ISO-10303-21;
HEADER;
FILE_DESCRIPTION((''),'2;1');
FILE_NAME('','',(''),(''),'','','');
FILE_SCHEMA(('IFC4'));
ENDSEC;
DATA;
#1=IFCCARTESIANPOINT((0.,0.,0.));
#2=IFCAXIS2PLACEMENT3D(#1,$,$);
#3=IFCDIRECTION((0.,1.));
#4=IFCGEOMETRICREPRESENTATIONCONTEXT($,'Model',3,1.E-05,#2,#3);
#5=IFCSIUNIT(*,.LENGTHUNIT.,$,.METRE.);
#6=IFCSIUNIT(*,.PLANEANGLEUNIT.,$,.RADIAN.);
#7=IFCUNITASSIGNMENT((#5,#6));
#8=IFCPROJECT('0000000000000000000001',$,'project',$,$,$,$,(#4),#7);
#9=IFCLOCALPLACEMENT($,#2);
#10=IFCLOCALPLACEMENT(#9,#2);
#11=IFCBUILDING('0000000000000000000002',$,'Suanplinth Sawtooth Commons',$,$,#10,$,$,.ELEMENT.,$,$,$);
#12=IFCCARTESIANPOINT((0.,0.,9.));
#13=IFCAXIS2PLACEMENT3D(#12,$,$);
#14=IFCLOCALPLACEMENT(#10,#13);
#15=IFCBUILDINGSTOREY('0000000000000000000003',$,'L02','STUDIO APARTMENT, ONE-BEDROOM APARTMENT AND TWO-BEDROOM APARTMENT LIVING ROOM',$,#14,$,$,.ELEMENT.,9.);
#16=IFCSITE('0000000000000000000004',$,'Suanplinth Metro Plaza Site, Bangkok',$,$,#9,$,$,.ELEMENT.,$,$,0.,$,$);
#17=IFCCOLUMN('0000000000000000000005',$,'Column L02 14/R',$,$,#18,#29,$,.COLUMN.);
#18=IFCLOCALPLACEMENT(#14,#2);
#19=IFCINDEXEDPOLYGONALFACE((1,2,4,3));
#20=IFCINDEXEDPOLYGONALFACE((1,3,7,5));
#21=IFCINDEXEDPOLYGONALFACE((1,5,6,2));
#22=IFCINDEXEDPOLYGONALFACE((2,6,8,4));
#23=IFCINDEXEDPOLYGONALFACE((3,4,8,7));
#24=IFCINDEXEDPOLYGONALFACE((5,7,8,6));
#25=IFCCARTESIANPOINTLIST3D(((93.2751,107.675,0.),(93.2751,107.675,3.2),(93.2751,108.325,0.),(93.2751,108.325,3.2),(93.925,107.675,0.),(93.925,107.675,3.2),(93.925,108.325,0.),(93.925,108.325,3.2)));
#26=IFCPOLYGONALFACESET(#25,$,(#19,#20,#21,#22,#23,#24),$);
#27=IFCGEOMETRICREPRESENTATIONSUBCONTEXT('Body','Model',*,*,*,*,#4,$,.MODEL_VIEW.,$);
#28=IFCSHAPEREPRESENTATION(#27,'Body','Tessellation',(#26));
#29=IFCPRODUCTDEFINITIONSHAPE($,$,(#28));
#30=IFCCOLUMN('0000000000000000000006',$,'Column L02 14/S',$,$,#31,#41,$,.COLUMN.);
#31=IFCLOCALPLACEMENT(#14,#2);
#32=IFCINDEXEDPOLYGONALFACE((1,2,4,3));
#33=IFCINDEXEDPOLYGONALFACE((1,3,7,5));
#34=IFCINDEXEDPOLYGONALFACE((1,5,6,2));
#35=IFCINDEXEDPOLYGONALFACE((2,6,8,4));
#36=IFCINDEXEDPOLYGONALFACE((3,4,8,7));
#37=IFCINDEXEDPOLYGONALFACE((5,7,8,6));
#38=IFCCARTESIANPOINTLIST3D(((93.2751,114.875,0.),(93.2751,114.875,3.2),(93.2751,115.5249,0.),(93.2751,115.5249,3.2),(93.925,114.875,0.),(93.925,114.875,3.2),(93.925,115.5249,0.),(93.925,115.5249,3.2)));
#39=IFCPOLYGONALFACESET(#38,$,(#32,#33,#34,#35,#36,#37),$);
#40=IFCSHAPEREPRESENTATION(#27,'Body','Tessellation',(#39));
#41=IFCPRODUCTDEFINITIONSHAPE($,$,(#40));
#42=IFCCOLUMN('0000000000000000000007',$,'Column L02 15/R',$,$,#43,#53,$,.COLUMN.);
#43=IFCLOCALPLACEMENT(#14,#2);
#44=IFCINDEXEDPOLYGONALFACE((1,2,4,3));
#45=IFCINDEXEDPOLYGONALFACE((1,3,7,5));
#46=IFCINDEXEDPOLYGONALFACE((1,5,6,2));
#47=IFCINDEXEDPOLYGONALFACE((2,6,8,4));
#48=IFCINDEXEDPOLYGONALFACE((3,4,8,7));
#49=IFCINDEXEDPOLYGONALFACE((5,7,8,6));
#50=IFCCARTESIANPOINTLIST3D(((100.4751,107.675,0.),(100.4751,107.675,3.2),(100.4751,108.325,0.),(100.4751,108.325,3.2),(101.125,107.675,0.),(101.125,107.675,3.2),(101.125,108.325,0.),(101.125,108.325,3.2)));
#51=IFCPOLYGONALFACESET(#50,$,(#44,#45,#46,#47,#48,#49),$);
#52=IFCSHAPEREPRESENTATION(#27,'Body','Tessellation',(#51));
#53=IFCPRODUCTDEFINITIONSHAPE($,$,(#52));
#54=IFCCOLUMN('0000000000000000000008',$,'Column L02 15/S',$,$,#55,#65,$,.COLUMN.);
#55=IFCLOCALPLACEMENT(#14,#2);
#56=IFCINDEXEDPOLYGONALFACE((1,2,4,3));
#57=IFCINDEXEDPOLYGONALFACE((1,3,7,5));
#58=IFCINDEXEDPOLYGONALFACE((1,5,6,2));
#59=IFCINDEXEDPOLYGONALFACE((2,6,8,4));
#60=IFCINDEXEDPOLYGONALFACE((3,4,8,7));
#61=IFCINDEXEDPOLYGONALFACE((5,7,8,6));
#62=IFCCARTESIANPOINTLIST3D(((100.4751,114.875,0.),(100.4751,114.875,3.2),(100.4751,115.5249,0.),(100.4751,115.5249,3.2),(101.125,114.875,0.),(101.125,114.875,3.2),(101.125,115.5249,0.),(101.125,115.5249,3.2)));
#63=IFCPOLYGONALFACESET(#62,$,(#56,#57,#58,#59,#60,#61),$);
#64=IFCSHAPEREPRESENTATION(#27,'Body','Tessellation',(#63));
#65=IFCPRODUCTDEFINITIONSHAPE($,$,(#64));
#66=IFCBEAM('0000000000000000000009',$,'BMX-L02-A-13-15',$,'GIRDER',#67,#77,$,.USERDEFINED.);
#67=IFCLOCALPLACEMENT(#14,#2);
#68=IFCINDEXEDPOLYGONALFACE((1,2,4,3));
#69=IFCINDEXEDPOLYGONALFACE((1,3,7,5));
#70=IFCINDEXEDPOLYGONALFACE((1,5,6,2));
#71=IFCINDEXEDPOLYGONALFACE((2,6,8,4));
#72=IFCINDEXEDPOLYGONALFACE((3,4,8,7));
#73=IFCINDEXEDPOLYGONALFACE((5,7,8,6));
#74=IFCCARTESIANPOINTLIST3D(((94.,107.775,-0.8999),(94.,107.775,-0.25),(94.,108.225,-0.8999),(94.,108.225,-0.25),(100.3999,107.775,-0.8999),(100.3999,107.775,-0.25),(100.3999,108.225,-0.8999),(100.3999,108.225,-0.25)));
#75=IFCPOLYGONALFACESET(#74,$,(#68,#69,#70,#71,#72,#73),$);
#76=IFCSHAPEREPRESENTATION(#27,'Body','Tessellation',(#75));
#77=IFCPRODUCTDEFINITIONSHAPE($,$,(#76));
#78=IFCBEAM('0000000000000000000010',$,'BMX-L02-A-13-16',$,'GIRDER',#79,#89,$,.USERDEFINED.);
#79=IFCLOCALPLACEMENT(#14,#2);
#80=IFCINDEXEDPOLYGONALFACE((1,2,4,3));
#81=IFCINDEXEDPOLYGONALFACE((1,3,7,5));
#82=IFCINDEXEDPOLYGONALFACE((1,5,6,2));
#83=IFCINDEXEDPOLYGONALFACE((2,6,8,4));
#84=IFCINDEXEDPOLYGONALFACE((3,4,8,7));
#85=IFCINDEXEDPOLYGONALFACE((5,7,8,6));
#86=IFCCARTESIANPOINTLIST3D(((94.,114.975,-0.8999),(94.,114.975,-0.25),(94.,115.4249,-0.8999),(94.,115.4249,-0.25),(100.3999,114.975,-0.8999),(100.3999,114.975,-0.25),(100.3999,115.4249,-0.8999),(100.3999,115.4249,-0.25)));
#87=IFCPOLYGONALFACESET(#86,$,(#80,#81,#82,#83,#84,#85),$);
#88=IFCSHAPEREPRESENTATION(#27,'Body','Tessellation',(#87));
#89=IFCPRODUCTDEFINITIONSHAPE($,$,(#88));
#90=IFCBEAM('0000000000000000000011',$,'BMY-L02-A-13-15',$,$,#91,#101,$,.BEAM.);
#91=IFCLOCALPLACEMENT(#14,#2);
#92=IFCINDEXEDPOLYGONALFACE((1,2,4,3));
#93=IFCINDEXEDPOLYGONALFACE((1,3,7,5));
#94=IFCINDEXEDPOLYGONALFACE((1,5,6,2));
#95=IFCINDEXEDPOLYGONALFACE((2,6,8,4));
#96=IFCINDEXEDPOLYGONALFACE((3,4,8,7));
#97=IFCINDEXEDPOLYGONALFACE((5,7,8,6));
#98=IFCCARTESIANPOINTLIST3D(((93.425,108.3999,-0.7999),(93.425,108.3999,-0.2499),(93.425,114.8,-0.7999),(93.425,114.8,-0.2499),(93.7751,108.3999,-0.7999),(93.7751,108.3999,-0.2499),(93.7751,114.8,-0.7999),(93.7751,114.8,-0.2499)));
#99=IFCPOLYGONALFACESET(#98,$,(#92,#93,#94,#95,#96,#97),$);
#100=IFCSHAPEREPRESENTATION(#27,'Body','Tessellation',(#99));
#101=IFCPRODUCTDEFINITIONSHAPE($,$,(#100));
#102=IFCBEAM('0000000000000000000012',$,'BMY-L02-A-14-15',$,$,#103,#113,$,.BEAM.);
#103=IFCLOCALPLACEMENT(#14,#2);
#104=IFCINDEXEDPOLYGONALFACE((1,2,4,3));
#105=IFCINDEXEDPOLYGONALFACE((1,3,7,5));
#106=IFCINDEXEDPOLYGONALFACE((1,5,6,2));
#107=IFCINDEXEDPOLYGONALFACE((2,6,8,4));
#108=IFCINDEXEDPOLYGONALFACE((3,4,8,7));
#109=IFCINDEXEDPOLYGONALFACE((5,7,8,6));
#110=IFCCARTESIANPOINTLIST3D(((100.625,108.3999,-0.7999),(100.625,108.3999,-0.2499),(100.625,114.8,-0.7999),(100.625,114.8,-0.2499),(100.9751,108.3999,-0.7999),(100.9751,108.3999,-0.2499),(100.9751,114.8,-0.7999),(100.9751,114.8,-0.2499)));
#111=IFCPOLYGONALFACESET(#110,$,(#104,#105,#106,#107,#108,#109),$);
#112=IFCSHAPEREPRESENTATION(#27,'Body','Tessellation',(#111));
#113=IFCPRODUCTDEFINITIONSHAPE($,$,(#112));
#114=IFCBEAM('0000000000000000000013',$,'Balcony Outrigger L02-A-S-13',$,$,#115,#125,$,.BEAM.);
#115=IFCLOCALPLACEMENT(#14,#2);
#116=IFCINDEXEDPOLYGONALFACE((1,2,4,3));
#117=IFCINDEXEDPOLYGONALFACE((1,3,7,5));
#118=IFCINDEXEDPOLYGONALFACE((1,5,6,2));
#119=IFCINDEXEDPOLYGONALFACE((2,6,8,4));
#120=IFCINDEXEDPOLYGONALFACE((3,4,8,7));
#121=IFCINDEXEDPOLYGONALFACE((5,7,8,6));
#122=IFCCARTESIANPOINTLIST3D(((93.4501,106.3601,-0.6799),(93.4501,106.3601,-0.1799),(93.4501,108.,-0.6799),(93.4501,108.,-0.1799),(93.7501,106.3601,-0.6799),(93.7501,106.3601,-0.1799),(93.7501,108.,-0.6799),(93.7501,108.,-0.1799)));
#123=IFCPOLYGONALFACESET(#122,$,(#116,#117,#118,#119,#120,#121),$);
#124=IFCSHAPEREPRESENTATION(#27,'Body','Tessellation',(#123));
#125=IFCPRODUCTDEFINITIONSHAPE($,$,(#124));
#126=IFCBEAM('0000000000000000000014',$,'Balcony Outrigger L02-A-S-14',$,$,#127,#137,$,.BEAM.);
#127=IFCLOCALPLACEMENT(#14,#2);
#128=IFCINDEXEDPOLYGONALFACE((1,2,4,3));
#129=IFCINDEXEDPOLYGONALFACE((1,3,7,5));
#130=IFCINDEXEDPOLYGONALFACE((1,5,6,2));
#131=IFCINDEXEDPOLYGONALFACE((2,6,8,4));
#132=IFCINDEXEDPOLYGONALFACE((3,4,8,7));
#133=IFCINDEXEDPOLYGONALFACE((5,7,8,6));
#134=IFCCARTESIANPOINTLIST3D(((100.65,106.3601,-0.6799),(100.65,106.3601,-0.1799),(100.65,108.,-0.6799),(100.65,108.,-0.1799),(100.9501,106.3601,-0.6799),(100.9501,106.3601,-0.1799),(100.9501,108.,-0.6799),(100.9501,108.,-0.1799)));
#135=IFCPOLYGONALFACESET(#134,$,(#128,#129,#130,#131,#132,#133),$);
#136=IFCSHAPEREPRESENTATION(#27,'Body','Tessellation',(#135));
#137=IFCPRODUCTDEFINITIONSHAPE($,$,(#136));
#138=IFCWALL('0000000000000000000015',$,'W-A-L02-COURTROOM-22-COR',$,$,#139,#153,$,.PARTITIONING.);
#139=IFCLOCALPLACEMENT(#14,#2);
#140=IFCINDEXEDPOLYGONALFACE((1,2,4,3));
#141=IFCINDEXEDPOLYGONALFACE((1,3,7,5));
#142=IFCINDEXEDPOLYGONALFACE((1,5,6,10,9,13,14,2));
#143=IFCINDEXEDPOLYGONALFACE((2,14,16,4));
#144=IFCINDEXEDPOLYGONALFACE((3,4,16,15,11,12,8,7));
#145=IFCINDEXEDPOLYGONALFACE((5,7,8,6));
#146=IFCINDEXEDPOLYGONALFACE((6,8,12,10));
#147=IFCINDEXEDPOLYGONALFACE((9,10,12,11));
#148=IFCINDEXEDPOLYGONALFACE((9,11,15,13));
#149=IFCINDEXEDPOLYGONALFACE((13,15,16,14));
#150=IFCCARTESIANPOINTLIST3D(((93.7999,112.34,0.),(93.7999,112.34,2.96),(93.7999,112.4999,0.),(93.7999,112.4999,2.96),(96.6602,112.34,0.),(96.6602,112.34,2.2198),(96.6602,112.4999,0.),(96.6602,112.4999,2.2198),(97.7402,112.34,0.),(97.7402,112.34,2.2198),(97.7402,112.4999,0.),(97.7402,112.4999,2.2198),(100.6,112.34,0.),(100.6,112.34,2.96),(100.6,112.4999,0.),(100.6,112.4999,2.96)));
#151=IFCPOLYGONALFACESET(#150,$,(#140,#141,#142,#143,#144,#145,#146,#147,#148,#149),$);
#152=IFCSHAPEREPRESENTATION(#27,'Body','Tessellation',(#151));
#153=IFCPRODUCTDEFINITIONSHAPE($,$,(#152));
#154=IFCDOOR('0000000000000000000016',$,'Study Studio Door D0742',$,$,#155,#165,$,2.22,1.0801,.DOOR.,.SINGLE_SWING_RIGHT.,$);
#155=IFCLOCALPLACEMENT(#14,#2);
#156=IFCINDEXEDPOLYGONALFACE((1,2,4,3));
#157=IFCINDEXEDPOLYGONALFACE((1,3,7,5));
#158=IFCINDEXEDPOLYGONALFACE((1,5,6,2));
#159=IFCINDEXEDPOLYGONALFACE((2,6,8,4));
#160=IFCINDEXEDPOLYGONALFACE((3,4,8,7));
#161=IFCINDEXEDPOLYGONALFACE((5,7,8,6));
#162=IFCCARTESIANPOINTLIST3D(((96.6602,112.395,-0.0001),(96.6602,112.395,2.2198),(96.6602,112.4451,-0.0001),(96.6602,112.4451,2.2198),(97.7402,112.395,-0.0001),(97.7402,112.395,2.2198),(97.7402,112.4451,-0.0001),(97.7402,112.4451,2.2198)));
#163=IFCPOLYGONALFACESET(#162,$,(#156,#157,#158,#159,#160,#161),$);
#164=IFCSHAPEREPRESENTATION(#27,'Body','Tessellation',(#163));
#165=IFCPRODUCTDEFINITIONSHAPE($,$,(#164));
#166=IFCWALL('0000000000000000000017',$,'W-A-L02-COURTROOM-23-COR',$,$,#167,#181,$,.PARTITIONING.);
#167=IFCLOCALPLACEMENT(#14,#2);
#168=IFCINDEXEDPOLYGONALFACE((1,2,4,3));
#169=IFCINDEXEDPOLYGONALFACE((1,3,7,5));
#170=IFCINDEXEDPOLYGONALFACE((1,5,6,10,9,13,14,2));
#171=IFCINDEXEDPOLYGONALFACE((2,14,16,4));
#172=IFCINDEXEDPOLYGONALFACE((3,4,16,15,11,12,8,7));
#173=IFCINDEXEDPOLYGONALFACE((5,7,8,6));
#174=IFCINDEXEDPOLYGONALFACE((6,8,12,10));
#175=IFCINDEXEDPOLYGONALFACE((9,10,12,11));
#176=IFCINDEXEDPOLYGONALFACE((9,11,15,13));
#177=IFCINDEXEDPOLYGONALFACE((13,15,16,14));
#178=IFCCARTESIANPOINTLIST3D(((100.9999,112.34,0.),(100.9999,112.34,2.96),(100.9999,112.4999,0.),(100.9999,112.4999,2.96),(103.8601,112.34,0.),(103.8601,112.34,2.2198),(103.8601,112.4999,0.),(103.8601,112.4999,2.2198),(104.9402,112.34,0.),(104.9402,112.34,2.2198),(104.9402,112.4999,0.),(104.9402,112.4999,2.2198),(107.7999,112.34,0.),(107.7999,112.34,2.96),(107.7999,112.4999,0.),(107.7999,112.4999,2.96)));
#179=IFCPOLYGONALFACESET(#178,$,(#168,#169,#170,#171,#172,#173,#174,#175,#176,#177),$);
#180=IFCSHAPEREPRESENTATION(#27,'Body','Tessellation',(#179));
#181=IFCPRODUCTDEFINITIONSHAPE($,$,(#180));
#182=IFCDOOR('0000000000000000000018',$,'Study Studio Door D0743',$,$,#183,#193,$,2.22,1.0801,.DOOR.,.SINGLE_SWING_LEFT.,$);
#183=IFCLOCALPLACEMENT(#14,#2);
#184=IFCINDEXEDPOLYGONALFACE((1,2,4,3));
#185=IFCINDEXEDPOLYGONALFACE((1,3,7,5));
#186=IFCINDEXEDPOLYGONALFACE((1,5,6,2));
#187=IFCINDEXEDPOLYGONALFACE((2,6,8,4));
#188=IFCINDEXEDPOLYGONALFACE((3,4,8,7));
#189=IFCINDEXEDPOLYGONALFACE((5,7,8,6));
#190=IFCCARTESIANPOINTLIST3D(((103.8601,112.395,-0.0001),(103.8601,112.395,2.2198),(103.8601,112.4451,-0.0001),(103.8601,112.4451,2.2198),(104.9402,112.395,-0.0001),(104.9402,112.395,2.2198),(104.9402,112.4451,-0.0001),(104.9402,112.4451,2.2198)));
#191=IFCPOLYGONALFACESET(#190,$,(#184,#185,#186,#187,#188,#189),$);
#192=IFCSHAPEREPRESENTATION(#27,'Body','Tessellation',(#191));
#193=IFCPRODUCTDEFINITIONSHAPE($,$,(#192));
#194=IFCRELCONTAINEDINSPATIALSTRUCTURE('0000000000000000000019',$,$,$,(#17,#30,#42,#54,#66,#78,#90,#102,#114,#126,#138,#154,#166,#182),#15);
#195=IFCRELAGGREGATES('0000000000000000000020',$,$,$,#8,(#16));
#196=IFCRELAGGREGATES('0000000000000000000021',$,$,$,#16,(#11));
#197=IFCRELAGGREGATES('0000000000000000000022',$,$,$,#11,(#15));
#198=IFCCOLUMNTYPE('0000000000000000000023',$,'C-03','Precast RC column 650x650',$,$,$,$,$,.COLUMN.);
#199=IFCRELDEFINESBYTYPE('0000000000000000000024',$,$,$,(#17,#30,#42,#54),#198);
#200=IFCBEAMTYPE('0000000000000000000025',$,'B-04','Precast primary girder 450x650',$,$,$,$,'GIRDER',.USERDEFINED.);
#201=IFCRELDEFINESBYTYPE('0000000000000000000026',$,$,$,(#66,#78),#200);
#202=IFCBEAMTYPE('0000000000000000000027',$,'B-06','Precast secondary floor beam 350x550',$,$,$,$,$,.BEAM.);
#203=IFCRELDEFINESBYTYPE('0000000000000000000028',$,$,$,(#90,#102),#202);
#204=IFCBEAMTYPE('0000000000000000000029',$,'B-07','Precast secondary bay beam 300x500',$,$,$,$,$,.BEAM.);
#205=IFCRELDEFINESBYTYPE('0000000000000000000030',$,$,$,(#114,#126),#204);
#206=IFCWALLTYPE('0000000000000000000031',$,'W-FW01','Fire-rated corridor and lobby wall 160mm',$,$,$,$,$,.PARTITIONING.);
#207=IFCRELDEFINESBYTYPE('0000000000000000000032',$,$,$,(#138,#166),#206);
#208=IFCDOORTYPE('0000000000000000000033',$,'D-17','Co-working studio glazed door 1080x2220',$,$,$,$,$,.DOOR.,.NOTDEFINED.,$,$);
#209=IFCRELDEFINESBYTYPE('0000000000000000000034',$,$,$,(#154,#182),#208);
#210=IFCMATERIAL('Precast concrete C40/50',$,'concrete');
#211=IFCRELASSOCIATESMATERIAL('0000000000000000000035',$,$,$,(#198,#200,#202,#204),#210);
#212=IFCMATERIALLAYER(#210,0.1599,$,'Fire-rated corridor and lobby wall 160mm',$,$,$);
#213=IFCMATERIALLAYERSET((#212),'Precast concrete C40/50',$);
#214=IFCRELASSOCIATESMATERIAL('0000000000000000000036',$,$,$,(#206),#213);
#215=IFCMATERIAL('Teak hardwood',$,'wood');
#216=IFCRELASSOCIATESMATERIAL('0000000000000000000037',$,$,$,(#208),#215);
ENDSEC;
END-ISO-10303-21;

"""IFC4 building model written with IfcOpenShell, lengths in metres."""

from ifc_helpers import new_model, si_unit, direction, frame, frame_2d, origin, origin_2d, place, context, subcontext, project, spatial, rectangle, extrude, material, layer, layer_set, material_profile, profile_set, type_object, element, fill, save


model = new_model("IFC4")

# Units and contexts
model_context = context("Model", 3, precision=1e-05, world=origin(), true_north=direction((0.0, 1.0)))
body_context = subcontext(model_context, "Body", "Model", "MODEL_VIEW")
ifc_project = project(units=[si_unit("LENGTHUNIT", "METRE"), si_unit("PLANEANGLEUNIT", "RADIAN")], contexts=[model_context])

# Site, building, storey
site_placement = place(None, origin())
site = spatial("IfcSite", under=ifc_project, at=site_placement, Name="Suanplinth Metro Plaza Site, Bangkok", CompositionType="ELEMENT", RefElevation=0.0)
building_placement = place(site_placement, origin())
building = spatial("IfcBuilding", under=site, at=building_placement, Name="Suanplinth Sawtooth Commons", CompositionType="ELEMENT")
storey_placement = place(building_placement, frame((0.0, 0.0, 9.0)))
storey = spatial("IfcBuildingStorey", under=building, at=storey_placement, Name="L02", Description="STUDIO APARTMENT, ONE-BEDROOM APARTMENT AND TWO-BEDROOM APARTMENT LIVING ROOM", CompositionType="ELEMENT", Elevation=9.0)

# Columns
ifc_material_1 = material(Name="Precast concrete C40/50", Category="concrete")
ifc_material_profile_1 = material_profile(ifc_material_1, rectangle(XDim=0.6499, YDim=0.6499, at=origin_2d()), Name="PC-COL 650x650")
ifc_profile_set_1 = profile_set([ifc_material_profile_1], Name="Precast concrete C40/50")
column_type = type_object("IfcColumnType", Name="C-03", Description="Precast RC column 650x650", PredefinedType="COLUMN", material=ifc_profile_set_1)
for number, where, z_axis, x_axis, name in (
    (1, (93.6001, 108.0, 0.0), (0.0, 0.0, 1.0), (1.0, 0.0, 0.0), "Column L02 14/R"),
    (2, (93.6001, 115.2, 0.0), (0.0, 0.0, 1.0), (1.0, 0.0, 0.0), "Column L02 14/S"),
    (3, (100.8, 108.0, 0.0), (0.0, 0.0, 1.0), (1.0, 0.0, 0.0), "Column L02 15/R"),
    (4, (100.8, 115.2, 0.0), (0.0, 0.0, 1.0), (1.0, 0.0, 0.0), "Column L02 15/S"),
):
    element("IfcColumn", number, at=place(storey_placement, frame(where, z_axis=z_axis, x_axis=x_axis)), inside=storey, type_object=column_type, Name=name, PredefinedType="COLUMN", context=body_context, shape_type="SweptSolid", body=[
        extrude(rectangle(XDim=0.6499, YDim=0.6499, at=origin_2d()), origin(), (0.0, 0.0, 1.0), 3.2),
    ])

# Beams
ifc_material_profile_2 = material_profile(ifc_material_1, rectangle(XDim=0.45, YDim=0.6499, at=origin_2d()), Name="PC-GDR 450x650")
ifc_profile_set_2 = profile_set([ifc_material_profile_2], Name="Precast concrete C40/50")
beam_type_1 = type_object("IfcBeamType", Name="B-04", Description="Precast primary girder 450x650", ElementType="GIRDER", PredefinedType="USERDEFINED", material=ifc_profile_set_2)
for number, where, z_axis, x_axis, name in (
    (5, (94.0, 108.0, -0.575), (1.0, 0.0, 0.0), (0.0, 1.0, 0.0), "BMX-L02-A-13-15"),
    (6, (94.0, 115.2, -0.575), (1.0, 0.0, 0.0), (0.0, 1.0, 0.0), "BMX-L02-A-13-16"),
):
    element("IfcBeam", number, at=place(storey_placement, frame(where, z_axis=z_axis, x_axis=x_axis)), inside=storey, type_object=beam_type_1, Name=name, ObjectType="GIRDER", PredefinedType="USERDEFINED", context=body_context, shape_type="SweptSolid", body=[
        extrude(rectangle(XDim=0.45, YDim=0.6499, at=origin_2d()), origin(), (0.0, 0.0, 1.0), 6.3999),
    ])
ifc_material_profile_3 = material_profile(ifc_material_1, rectangle(XDim=0.3501, YDim=0.55, at=origin_2d()), Name="PC-BM 350x550")
ifc_profile_set_3 = profile_set([ifc_material_profile_3], Name="Precast concrete C40/50")
beam_type_2 = type_object("IfcBeamType", Name="B-06", Description="Precast secondary floor beam 350x550", PredefinedType="BEAM", material=ifc_profile_set_3)
for number, where, z_axis, x_axis, name in (
    (7, (93.6001, 108.3999, -0.5249), (0.0, 1.0, 0.0), (-1.0, 0.0, 0.0), "BMY-L02-A-13-15"),
    (8, (100.8, 108.3999, -0.5249), (0.0, 1.0, 0.0), (-1.0, 0.0, 0.0), "BMY-L02-A-14-15"),
):
    element("IfcBeam", number, at=place(storey_placement, frame(where, z_axis=z_axis, x_axis=x_axis)), inside=storey, type_object=beam_type_2, Name=name, PredefinedType="BEAM", context=body_context, shape_type="SweptSolid", body=[
        extrude(rectangle(XDim=0.3501, YDim=0.55, at=origin_2d()), origin(), (0.0, 0.0, 1.0), 6.4001),
    ])
ifc_material_profile_4 = material_profile(ifc_material_1, rectangle(XDim=0.3, YDim=0.5, at=origin_2d()), Name="PC-BM 300x500")
ifc_profile_set_4 = profile_set([ifc_material_profile_4], Name="Precast concrete C40/50")
beam_type_3 = type_object("IfcBeamType", Name="B-07", Description="Precast secondary bay beam 300x500", PredefinedType="BEAM", material=ifc_profile_set_4)
for number, where, z_axis, x_axis, name in (
    (9, (93.6001, 108.0, -0.4299), (0.0, -1.0, 0.0), (1.0, 0.0, 0.0), "Balcony Outrigger L02-A-S-13"),
    (10, (100.8, 108.0, -0.4299), (0.0, -1.0, 0.0), (1.0, 0.0, 0.0), "Balcony Outrigger L02-A-S-14"),
):
    element("IfcBeam", number, at=place(storey_placement, frame(where, z_axis=z_axis, x_axis=x_axis)), inside=storey, type_object=beam_type_3, Name=name, PredefinedType="BEAM", context=body_context, shape_type="SweptSolid", body=[
        extrude(rectangle(XDim=0.3, YDim=0.5, at=origin_2d()), origin(), (0.0, 0.0, 1.0), 1.6399),
    ])

# Walls, openings, doors
ifc_layer_1 = layer(ifc_material_1, 0.1599, Name="Fire-rated corridor and lobby wall 160mm")
ifc_layer_set_1 = layer_set([ifc_layer_1], Name="Precast concrete C40/50")
wall_type_1 = type_object("IfcWallType", Name="W-FW01", Description="Fire-rated corridor and lobby wall 160mm", PredefinedType="PARTITIONING", material=ifc_layer_set_1)
wall_1_placement = place(storey_placement, frame((93.8, 112.4199, 0.0), z_axis=(0.0, 0.0, 1.0), x_axis=(1.0, 0.0, 0.0)))
wall_1 = element("IfcWall", 11, at=wall_1_placement, inside=storey, type_object=wall_type_1, Name="W-A-L02-COURTROOM-22-COR", PredefinedType="PARTITIONING", context=body_context, shape_type="SweptSolid", body=[
    extrude(rectangle(XDim=6.8, YDim=0.1599, at=frame_2d((3.3999, 0.0))), origin(), (0.0, 0.0, 1.0), 2.96),
])
opening_1_placement = place(wall_1_placement, frame((2.8601, 0.0, 0.0)))
opening_1 = element("IfcOpeningElement", 12, at=opening_1_placement, cuts=wall_1, PredefinedType="OPENING", context=body_context, shape_type="SweptSolid", body=[
    extrude(rectangle(XDim=1.0801, YDim=2.22, at=frame_2d((0.54, 1.1099))), frame((0.0, 0.0947, 0.0), z_axis=(0.0, -1.0, 0.0), x_axis=(1.0, 0.0, 0.0)), (0.0, 0.0, 1.0), 0.1897),
])
ifc_material_2 = material(Name="Teak hardwood", Category="wood")
door_type_1 = type_object("IfcDoorType", Name="D-17", Description="Co-working studio glazed door 1080x2220", OperationType="NOTDEFINED", PredefinedType="DOOR", material=ifc_material_2)
door_1_placement = place(opening_1_placement, frame((1.0801, 0.0, 0.0), z_axis=(0.0, 0.0, 1.0), x_axis=(-1.0, 0.0, 0.0)))
door_1 = element("IfcDoor", 13, at=door_1_placement, inside=storey, type_object=door_type_1, Name="Study Studio Door D0742", OperationType="SINGLE_SWING_RIGHT", OverallHeight=2.22, OverallWidth=1.0801, PredefinedType="DOOR", context=body_context, shape_type="SweptSolid", body=[
    extrude(rectangle(XDim=1.0801, YDim=2.22, at=frame_2d((0.54, 1.1099))), frame((0.0, 0.0249, 0.0), z_axis=(0.0, -1.0, 0.0), x_axis=(1.0, 0.0, 0.0)), (0.0, 0.0, 1.0), 0.05),
])
fill(opening_1, door_1)
wall_2_placement = place(storey_placement, frame((101.0, 112.4199, 0.0), z_axis=(0.0, 0.0, 1.0), x_axis=(1.0, 0.0, 0.0)))
wall_2 = element("IfcWall", 14, at=wall_2_placement, inside=storey, type_object=wall_type_1, Name="W-A-L02-COURTROOM-23-COR", PredefinedType="PARTITIONING", context=body_context, shape_type="SweptSolid", body=[
    extrude(rectangle(XDim=6.8, YDim=0.1599, at=frame_2d((3.3999, 0.0))), origin(), (0.0, 0.0, 1.0), 2.96),
])
opening_2_placement = place(wall_2_placement, frame((2.8601, 0.0, 0.0)))
opening_2 = element("IfcOpeningElement", 15, at=opening_2_placement, cuts=wall_2, PredefinedType="OPENING", context=body_context, shape_type="SweptSolid", body=[
    extrude(rectangle(XDim=1.0801, YDim=2.22, at=frame_2d((0.54, 1.1099))), frame((0.0, 0.0947, 0.0), z_axis=(0.0, -1.0, 0.0), x_axis=(1.0, 0.0, 0.0)), (0.0, 0.0, 1.0), 0.1897),
])
door_2_placement = place(opening_2_placement, frame((1.0801, 0.0, 0.0), z_axis=(0.0, 0.0, 1.0), x_axis=(-1.0, 0.0, 0.0)))
door_2 = element("IfcDoor", 16, at=door_2_placement, inside=storey, type_object=door_type_1, Name="Study Studio Door D0743", OperationType="SINGLE_SWING_LEFT", OverallHeight=2.22, OverallWidth=1.0801, PredefinedType="DOOR", context=body_context, shape_type="SweptSolid", body=[
    extrude(rectangle(XDim=1.0801, YDim=2.22, at=frame_2d((0.54, 1.1099))), frame((0.0, 0.0249, 0.0), z_axis=(0.0, -1.0, 0.0), x_axis=(1.0, 0.0, 0.0)), (0.0, 0.0, 1.0), 0.05),
])
fill(opening_2, door_2)

save(model, "model.ifc")
